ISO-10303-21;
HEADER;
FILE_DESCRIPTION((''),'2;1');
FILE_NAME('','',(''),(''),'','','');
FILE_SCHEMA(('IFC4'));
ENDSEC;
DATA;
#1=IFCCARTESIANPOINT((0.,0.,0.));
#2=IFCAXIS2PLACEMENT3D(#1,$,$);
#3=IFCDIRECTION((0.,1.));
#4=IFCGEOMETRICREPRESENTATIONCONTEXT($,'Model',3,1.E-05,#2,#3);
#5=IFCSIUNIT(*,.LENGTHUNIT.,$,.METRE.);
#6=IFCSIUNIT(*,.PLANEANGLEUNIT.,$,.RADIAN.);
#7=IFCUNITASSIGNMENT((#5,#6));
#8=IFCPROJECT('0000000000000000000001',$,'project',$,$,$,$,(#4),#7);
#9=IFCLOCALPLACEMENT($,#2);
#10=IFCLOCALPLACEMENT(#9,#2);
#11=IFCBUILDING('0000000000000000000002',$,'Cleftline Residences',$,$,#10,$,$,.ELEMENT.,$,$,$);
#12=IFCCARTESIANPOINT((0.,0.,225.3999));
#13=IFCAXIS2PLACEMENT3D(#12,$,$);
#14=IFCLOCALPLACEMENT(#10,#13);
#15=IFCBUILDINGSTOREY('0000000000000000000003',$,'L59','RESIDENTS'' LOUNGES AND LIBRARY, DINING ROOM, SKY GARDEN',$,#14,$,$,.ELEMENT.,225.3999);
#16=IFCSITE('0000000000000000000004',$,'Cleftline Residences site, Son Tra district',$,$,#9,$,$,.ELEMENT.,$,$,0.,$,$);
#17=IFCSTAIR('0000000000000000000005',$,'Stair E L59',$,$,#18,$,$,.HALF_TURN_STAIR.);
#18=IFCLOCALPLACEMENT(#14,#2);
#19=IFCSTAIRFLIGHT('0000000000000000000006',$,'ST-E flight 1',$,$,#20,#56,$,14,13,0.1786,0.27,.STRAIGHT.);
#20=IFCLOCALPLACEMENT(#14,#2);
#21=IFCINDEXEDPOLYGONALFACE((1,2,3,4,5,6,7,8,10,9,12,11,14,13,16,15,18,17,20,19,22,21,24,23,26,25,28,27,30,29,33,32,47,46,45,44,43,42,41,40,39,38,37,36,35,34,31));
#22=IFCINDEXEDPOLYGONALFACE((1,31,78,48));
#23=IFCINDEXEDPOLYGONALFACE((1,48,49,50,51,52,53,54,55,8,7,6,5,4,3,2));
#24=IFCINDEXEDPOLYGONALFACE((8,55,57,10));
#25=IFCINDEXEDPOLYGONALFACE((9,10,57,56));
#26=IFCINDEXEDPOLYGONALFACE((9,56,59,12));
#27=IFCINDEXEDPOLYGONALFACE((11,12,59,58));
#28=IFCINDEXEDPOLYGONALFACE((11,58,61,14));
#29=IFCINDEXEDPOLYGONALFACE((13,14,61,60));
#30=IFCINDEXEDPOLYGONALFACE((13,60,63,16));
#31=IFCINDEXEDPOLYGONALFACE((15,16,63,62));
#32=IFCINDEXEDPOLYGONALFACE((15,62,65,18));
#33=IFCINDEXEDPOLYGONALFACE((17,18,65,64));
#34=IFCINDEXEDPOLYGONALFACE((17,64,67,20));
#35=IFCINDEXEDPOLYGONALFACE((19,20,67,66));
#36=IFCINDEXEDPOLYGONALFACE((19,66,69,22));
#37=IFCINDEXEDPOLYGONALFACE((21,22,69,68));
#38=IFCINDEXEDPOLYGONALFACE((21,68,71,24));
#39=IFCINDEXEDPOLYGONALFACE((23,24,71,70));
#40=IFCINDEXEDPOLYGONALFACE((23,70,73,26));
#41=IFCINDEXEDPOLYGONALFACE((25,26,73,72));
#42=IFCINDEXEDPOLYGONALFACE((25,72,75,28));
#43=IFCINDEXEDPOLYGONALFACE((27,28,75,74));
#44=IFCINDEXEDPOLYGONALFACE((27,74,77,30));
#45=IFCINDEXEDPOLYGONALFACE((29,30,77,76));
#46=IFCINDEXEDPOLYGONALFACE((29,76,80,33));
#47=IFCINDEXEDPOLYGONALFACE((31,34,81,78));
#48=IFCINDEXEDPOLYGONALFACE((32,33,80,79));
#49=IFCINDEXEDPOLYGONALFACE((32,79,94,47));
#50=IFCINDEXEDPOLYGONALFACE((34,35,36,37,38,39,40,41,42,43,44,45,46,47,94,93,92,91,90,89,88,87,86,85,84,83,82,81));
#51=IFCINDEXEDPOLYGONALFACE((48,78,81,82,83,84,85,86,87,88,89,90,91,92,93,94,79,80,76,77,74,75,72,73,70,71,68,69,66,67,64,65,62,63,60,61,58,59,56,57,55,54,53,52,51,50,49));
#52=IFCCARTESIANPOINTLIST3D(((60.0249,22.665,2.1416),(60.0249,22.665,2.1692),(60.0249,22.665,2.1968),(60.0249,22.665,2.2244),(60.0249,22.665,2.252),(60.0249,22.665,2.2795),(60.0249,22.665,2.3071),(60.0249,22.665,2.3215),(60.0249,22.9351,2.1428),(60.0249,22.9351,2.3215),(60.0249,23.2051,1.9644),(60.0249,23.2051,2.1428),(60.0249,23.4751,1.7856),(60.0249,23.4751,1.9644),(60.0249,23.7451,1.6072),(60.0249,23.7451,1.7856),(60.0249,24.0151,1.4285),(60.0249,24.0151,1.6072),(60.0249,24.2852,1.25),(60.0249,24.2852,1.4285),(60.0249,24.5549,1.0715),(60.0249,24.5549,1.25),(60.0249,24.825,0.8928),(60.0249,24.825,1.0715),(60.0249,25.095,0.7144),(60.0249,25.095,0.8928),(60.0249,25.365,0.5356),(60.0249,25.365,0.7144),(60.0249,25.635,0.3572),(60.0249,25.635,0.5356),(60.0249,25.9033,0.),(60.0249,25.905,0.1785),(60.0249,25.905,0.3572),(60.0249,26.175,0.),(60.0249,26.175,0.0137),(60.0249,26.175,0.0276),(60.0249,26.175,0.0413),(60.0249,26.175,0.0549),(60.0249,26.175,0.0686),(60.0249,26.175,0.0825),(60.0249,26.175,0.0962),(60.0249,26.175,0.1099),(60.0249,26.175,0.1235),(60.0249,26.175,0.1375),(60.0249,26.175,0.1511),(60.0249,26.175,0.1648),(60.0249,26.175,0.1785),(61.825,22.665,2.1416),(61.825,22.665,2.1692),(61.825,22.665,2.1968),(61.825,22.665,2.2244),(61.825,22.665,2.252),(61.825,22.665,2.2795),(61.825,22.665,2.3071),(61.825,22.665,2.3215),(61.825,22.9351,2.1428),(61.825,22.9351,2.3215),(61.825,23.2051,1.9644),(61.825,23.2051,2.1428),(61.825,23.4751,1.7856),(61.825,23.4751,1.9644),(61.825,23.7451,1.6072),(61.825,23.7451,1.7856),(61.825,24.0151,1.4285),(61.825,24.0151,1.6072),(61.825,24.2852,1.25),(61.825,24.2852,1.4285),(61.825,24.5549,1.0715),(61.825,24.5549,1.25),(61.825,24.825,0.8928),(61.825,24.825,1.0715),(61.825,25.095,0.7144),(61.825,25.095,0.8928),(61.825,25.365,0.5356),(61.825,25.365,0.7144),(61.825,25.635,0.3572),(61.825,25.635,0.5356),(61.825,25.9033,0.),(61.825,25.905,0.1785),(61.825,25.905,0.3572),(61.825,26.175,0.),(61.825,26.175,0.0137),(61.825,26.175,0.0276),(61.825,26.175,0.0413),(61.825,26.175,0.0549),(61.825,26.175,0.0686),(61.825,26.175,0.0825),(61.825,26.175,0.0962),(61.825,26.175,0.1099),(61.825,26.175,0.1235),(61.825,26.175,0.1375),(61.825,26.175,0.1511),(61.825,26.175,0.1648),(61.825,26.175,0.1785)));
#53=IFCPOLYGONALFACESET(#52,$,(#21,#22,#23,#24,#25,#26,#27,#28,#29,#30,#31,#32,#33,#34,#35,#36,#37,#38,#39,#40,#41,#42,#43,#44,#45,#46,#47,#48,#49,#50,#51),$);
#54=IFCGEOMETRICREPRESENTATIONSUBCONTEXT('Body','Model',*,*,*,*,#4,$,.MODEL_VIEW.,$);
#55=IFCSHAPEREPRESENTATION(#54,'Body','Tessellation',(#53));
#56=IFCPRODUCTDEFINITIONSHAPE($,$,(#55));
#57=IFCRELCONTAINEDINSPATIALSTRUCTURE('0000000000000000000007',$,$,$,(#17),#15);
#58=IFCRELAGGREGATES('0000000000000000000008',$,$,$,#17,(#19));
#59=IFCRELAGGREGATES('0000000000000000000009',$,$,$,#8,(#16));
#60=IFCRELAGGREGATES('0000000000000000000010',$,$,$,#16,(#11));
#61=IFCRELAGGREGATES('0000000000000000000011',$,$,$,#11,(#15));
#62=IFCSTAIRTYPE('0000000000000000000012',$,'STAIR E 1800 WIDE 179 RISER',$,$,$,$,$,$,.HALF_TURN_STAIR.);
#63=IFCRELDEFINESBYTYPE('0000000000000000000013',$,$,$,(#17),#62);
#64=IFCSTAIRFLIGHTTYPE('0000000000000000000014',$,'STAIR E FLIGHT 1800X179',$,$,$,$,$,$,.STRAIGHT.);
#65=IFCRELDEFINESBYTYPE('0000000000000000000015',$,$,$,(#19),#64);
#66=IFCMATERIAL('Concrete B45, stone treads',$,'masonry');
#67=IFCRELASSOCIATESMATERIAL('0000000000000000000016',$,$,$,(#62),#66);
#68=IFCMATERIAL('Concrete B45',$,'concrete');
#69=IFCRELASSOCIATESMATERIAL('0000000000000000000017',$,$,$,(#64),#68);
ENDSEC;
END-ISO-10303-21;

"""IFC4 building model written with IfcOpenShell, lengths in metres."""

from ifc_helpers import new_model, si_unit, direction, frame, origin, place, context, subcontext, project, spatial, polyline, outline, extrude, material, type_object, element, aggregate, save


model = new_model("IFC4")

# Units and contexts
model_context = context("Model", 3, precision=1e-05, world=origin(), true_north=direction((0.0, 1.0)))
body_context = subcontext(model_context, "Body", "Model", "MODEL_VIEW")
ifc_project = project(units=[si_unit("LENGTHUNIT", "METRE"), si_unit("PLANEANGLEUNIT", "RADIAN")], contexts=[model_context])

# Site, building, storey
site_placement = place(None, origin())
site = spatial("IfcSite", under=ifc_project, at=site_placement, Name="Cleftline Residences site, Son Tra district", CompositionType="ELEMENT", RefElevation=0.0)
building_placement = place(site_placement, origin())
building = spatial("IfcBuilding", under=site, at=building_placement, Name="Cleftline Residences", CompositionType="ELEMENT")
storey_placement = place(building_placement, frame((0.0, 0.0, 225.3999)))
storey = spatial("IfcBuildingStorey", under=building, at=storey_placement, Name="L59", Description="RESIDENTS' LOUNGES AND LIBRARY, DINING ROOM, SKY GARDEN", CompositionType="ELEMENT", Elevation=225.3999)

# Stair, stair flight
ifc_material_1 = material(Name="Concrete B45, stone treads", Category="masonry")
stair_type = type_object("IfcStairType", Name="STAIR E 1800 WIDE 179 RISER", PredefinedType="HALF_TURN_STAIR", material=ifc_material_1)
stair_placement = place(storey_placement, origin())
stair = element("IfcStair", 1, at=stair_placement, inside=storey, type_object=stair_type, Name="Stair E L59", PredefinedType="HALF_TURN_STAIR")
ifc_material_2 = material(Name="Concrete B45", Category="concrete")
stair_flight_type = type_object("IfcStairFlightType", Name="STAIR E FLIGHT 1800X179", PredefinedType="STRAIGHT", material=ifc_material_2)
stair_flight_placement = place(storey_placement, frame((60.925, 26.175, 0.0), z_axis=(0.0, 0.0, 1.0), x_axis=(0.0, -1.0, 0.0)))
stair_flight = element("IfcStairFlight", 2, at=stair_flight_placement, type_object=stair_flight_type, Name="ST-E flight 1", NumberOfRisers=14, NumberOfTreads=13, PredefinedType="STRAIGHT", RiserHeight=0.1786, TreadLength=0.27, context=body_context, shape_type="SweptSolid", body=[
    extrude(outline(polyline([(0.0, 0.0), (0.0, 0.0137), (0.0, 0.0276), (0.0, 0.0413), (0.0, 0.0549), (0.0, 0.0686), (0.0, 0.0825), (0.0, 0.0962), (0.0, 0.1099), (0.0, 0.1235), (0.0, 0.1375), (0.0, 0.1511), (0.0, 0.1648), (0.0, 0.1785), (0.27, 0.1785), (0.27, 0.3572), (0.54, 0.3572), (0.54, 0.5356), (0.8101, 0.5356), (0.8101, 0.7144), (1.0801, 0.7144), (1.0801, 0.8928), (1.3501, 0.8928), (1.3501, 1.0715), (1.6201, 1.0715), (1.6201, 1.25), (1.8899, 1.25), (1.8899, 1.4285), (2.1599, 1.4285), (2.1599, 1.6072), (2.4299, 1.6072), (2.4299, 1.7856), (2.7, 1.7856), (2.7, 1.9644), (2.97, 1.9644), (2.97, 2.1428), (3.24, 2.1428), (3.24, 2.3215), (3.51, 2.3215), (3.51, 2.5), (3.51, 2.4724), (3.51, 2.4448), (3.51, 2.4172), (3.51, 2.3896), (3.51, 2.3623), (3.51, 2.3347), (3.51, 2.3071), (3.51, 2.2795), (3.51, 2.252), (3.51, 2.2244), (3.51, 2.1968), (3.51, 2.1692), (3.51, 2.1416), (0.2717, 0.0), (0.0, 0.0)])), frame((0.0, 0.8999, 0.0), z_axis=(0.0, -1.0, 0.0), x_axis=(1.0, 0.0, 0.0)), (0.0, 0.0, 1.0), 1.8),
])
aggregate(stair, [stair_flight])

save(model, "model.ifc")
